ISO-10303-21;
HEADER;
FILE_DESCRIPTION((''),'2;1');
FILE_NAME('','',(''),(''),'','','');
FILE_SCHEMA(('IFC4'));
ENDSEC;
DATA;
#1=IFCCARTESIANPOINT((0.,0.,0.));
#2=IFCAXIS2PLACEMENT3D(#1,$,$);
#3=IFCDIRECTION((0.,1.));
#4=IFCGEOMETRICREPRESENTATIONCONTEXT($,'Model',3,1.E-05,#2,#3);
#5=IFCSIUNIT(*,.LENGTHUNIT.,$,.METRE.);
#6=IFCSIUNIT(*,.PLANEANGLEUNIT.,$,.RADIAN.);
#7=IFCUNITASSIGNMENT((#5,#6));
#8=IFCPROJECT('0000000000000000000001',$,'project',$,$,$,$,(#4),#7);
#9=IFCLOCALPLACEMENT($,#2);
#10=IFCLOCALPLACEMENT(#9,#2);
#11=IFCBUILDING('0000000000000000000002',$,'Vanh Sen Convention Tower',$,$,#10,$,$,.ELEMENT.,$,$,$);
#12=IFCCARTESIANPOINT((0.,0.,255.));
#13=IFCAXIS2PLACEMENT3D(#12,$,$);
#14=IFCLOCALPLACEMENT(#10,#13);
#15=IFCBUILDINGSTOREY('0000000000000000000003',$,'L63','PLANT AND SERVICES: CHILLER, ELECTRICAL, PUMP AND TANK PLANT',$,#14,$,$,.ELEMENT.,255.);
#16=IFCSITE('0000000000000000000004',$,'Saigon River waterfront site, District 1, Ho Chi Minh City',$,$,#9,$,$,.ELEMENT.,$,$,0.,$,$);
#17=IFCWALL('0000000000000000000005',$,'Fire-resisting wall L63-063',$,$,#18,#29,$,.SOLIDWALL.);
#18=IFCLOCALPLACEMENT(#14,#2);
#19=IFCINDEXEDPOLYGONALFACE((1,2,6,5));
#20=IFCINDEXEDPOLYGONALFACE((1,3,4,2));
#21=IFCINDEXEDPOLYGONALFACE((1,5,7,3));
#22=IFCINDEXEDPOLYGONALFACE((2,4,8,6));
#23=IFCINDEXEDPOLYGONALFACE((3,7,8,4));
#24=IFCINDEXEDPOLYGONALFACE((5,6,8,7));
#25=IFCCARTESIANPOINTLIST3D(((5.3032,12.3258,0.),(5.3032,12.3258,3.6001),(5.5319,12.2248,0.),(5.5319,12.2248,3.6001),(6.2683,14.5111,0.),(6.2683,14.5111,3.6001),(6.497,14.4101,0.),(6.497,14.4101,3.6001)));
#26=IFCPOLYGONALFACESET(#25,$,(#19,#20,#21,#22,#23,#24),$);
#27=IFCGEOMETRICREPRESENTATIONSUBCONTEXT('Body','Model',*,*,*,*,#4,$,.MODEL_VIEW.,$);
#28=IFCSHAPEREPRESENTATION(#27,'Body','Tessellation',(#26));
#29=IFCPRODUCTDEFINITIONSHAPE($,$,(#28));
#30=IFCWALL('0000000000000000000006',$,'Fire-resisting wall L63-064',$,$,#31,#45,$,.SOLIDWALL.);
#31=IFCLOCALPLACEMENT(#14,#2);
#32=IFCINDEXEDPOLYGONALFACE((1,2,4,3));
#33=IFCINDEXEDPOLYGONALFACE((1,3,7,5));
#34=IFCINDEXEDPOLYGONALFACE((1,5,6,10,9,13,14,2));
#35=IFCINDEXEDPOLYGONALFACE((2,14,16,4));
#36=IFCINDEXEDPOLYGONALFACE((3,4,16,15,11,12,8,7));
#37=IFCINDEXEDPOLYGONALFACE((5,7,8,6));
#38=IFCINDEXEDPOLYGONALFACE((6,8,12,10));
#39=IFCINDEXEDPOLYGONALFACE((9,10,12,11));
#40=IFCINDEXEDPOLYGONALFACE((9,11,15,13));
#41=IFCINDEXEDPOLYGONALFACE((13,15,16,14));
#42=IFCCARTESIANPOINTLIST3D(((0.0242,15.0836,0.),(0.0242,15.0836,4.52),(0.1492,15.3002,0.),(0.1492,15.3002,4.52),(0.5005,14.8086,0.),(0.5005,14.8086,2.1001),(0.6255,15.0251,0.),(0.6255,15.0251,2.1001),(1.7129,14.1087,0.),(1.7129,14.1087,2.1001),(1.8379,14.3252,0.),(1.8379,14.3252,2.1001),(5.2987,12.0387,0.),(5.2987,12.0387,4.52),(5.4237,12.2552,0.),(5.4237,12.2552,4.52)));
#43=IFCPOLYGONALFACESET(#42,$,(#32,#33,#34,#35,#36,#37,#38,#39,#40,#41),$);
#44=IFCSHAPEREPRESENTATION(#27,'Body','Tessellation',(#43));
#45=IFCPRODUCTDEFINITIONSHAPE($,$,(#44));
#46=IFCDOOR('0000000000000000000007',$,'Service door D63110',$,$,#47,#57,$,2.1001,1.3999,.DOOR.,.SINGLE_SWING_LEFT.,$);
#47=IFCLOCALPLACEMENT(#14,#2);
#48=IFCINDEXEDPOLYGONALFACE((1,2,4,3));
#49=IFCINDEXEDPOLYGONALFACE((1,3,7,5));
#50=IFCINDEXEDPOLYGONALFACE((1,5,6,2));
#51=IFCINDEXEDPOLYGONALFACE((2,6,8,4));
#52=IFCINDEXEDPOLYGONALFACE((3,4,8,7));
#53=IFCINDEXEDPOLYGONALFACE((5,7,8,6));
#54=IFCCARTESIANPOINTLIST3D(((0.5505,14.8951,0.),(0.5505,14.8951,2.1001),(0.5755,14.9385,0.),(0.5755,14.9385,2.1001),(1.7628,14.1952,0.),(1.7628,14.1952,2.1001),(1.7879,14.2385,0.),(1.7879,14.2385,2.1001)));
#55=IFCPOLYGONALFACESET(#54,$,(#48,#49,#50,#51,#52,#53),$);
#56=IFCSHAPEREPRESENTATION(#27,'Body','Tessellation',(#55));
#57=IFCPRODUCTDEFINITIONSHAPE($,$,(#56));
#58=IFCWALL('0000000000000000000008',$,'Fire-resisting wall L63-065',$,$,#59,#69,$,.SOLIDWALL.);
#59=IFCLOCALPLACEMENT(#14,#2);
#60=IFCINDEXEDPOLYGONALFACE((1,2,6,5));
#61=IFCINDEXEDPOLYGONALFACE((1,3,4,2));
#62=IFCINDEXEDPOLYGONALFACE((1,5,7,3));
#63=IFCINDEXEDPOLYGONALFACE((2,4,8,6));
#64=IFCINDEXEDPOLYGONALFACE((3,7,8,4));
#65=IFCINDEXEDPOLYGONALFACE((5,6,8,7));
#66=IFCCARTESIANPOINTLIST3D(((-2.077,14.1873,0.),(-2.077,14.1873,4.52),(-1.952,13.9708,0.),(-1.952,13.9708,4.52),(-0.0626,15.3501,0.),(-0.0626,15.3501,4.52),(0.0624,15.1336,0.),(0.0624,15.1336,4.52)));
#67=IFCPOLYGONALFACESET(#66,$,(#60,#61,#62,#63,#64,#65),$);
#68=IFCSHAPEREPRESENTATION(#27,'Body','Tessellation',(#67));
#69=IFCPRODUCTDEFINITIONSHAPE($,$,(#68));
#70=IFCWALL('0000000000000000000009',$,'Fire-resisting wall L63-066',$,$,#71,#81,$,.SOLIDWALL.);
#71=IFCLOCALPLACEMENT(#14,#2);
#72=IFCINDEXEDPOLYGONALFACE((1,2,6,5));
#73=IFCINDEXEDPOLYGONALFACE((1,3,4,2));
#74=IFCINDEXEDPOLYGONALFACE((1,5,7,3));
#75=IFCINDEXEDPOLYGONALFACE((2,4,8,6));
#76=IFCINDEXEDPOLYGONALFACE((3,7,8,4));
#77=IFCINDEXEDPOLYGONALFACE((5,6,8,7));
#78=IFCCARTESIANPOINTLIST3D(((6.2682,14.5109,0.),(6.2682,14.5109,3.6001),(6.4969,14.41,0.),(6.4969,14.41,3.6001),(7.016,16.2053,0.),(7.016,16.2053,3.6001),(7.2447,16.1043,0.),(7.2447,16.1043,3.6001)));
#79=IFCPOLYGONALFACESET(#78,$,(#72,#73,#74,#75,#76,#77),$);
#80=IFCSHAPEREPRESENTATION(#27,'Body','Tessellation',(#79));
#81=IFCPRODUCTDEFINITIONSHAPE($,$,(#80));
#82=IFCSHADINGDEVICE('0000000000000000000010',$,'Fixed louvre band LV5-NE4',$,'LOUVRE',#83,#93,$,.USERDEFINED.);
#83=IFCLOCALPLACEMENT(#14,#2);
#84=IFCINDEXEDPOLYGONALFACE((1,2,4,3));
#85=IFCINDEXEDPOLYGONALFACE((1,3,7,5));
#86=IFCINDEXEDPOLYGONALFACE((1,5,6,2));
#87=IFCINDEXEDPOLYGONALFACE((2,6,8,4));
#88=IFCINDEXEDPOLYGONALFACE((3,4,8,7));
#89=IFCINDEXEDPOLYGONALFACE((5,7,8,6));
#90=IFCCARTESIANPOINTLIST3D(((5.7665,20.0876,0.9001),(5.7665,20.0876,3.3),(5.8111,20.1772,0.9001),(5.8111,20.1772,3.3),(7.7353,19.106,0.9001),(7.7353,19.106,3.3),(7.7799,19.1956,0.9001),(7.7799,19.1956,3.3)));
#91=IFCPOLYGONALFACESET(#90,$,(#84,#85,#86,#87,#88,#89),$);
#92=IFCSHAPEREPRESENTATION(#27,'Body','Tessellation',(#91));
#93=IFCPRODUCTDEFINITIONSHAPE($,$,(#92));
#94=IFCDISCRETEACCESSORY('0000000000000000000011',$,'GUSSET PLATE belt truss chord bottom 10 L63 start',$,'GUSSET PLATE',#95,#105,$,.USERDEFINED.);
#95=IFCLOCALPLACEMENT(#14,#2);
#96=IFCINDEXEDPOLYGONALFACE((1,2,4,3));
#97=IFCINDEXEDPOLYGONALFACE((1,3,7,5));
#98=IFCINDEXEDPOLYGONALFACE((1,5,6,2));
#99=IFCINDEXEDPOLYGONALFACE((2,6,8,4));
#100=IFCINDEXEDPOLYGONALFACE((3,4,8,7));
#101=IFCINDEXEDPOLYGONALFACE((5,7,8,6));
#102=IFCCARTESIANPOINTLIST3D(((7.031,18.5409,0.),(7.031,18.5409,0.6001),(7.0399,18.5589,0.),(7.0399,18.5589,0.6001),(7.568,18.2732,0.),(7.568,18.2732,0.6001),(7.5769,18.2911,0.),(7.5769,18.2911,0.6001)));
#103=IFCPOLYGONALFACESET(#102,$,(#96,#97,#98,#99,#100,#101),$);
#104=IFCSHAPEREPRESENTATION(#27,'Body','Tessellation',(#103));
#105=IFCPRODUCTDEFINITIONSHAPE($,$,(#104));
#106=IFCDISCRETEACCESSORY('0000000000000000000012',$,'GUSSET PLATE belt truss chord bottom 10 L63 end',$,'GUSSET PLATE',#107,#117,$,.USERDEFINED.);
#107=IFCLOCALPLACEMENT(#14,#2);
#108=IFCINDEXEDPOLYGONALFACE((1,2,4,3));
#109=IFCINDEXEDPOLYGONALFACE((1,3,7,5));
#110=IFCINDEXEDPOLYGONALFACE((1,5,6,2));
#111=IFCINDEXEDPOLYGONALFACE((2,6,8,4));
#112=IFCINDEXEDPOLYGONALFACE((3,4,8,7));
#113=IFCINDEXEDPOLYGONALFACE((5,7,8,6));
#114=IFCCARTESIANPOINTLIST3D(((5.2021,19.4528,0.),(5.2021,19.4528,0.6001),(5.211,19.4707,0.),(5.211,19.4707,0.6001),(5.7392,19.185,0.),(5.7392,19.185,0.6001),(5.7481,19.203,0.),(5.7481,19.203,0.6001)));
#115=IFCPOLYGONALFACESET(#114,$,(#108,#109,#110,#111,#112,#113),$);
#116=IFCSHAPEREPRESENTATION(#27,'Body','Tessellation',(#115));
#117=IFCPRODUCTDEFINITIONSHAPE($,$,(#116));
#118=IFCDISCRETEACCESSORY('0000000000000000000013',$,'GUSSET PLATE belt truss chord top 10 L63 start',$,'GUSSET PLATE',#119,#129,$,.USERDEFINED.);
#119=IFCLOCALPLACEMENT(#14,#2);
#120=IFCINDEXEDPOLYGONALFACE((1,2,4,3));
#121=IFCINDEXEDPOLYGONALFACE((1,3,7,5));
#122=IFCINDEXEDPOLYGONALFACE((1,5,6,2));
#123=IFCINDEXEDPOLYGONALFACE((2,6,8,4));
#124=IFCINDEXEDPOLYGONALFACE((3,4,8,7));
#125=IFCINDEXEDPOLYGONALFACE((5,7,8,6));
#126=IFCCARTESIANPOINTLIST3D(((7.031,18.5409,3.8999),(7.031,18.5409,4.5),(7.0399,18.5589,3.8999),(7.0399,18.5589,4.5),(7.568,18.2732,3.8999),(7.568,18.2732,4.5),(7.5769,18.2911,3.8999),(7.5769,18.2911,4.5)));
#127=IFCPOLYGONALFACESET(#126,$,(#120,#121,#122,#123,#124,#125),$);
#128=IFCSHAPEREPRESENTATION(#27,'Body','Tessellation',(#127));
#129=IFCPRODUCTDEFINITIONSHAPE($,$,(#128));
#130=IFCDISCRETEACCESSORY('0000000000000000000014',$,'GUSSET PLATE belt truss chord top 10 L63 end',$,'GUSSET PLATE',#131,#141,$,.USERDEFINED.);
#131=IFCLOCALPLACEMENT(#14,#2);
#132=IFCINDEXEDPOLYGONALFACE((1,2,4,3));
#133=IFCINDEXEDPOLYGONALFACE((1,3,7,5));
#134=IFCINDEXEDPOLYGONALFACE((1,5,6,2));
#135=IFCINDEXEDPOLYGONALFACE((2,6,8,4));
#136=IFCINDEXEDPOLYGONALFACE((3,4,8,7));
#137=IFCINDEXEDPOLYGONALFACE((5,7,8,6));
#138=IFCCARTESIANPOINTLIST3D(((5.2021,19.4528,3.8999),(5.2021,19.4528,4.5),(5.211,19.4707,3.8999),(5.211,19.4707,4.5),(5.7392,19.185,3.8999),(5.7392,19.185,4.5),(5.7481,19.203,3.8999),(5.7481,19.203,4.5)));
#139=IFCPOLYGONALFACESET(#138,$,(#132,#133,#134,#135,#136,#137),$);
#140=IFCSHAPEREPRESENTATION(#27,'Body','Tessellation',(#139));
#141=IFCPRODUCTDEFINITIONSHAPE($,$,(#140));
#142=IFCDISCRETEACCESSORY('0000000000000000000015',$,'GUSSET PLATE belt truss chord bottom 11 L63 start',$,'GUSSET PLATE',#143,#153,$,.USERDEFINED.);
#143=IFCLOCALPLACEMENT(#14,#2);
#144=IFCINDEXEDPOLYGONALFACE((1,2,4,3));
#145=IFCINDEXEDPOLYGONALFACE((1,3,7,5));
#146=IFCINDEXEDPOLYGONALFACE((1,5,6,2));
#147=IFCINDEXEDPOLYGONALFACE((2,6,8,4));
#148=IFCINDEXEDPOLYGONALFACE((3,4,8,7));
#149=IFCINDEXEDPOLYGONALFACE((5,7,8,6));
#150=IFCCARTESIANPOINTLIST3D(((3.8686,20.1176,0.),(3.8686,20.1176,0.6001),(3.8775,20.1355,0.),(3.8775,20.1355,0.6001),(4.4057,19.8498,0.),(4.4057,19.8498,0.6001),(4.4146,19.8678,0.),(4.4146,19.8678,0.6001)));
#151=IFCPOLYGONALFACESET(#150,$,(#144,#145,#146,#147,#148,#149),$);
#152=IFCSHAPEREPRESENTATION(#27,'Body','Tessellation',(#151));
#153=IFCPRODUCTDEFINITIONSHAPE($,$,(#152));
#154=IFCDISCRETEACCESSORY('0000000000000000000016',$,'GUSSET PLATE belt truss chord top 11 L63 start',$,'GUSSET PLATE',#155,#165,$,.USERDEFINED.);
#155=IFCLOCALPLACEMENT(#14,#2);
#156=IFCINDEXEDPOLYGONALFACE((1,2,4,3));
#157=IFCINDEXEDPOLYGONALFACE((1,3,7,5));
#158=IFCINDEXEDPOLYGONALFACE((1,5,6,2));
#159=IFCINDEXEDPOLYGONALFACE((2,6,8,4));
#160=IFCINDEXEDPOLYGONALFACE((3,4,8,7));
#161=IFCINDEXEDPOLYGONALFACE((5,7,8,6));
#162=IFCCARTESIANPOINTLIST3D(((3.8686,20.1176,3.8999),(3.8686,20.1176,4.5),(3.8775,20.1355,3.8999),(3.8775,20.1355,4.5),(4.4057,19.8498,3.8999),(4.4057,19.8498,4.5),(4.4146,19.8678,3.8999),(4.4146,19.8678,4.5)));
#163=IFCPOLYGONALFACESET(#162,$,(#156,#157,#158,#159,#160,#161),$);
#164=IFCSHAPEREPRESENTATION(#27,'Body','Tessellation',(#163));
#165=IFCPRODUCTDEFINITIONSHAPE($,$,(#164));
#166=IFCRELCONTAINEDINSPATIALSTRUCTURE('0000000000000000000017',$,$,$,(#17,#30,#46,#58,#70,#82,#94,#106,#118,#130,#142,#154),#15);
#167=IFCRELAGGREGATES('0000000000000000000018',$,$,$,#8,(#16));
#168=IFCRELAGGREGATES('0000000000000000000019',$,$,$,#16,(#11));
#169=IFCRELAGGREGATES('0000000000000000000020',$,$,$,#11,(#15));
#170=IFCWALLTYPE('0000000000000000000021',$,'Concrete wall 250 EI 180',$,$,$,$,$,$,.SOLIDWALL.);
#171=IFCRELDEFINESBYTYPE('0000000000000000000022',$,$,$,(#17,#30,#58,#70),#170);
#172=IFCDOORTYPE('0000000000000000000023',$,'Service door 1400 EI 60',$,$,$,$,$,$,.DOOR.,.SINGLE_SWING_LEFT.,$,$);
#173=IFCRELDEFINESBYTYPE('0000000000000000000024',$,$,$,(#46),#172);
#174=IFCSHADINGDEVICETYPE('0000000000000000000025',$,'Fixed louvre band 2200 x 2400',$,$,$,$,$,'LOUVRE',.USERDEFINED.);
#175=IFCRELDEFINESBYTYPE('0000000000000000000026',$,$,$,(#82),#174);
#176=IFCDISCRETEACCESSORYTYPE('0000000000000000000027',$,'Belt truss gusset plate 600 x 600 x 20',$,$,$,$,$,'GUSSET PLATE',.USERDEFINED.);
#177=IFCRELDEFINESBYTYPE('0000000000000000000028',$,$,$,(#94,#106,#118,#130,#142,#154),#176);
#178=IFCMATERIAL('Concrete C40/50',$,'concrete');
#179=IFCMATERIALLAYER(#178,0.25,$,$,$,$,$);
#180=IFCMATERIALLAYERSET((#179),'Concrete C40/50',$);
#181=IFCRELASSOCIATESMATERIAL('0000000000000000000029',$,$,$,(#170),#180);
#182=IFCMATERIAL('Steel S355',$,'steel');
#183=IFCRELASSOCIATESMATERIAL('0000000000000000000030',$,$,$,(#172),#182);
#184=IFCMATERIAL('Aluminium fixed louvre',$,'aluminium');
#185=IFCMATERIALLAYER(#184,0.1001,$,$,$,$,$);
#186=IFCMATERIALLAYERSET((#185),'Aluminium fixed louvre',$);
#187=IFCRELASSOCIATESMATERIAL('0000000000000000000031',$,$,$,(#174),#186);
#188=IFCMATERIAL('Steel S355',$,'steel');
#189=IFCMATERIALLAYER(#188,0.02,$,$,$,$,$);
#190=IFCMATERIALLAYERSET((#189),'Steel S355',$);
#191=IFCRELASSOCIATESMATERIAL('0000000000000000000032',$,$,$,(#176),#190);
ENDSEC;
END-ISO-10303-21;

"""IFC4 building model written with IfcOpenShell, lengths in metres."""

from ifc_helpers import new_model, si_unit, direction, frame, frame_2d, origin, origin_2d, place, context, subcontext, project, spatial, rectangle, extrude, material, layer, layer_set, type_object, element, fill, save


model = new_model("IFC4")

# Units and contexts
model_context = context("Model", 3, precision=1e-05, world=origin(), true_north=direction((0.0, 1.0)))
body_context = subcontext(model_context, "Body", "Model", "MODEL_VIEW")
ifc_project = project(units=[si_unit("LENGTHUNIT", "METRE"), si_unit("PLANEANGLEUNIT", "RADIAN")], contexts=[model_context])

# Site, building, storey
site_placement = place(None, origin())
site = spatial("IfcSite", under=ifc_project, at=site_placement, Name="Saigon River waterfront site, District 1, Ho Chi Minh City", CompositionType="ELEMENT", RefElevation=0.0)
building_placement = place(site_placement, origin())
building = spatial("IfcBuilding", under=site, at=building_placement, Name="Vanh Sen Convention Tower", CompositionType="ELEMENT")
storey_placement = place(building_placement, frame((0.0, 0.0, 255.0)))
storey = spatial("IfcBuildingStorey", under=building, at=storey_placement, Name="L63", Description="PLANT AND SERVICES: CHILLER, ELECTRICAL, PUMP AND TANK PLANT", CompositionType="ELEMENT", Elevation=255.0)

# Shared definitions
ifc_material_1 = material(Name="Steel S355", Category="steel")

# Wall
ifc_material_2 = material(Name="Concrete C40/50", Category="concrete")
ifc_layer_1 = layer(ifc_material_2, 0.25)
ifc_layer_set_1 = layer_set([ifc_layer_1], Name="Concrete C40/50")
wall_type = type_object("IfcWallType", Name="Concrete wall 250 EI 180", PredefinedType="SOLIDWALL", material=ifc_layer_set_1)
wall_1_placement = place(storey_placement, frame((6.3826, 14.4604, 0.0), z_axis=(0.0, 0.0, 1.0), x_axis=(-0.403985, -0.914766, 0.0)))
element("IfcWall", 1, at=wall_1_placement, inside=storey, type_object=wall_type, Name="Fire-resisting wall L63-063", PredefinedType="SOLIDWALL", context=body_context, shape_type="SweptSolid", body=[
    extrude(rectangle(XDim=2.3889, YDim=0.25, at=frame_2d((1.1943, 0.0))), origin(), (0.0, 0.0, 1.0), 3.6001),
])

# Wall, opening, door
wall_2_placement = place(storey_placement, frame((0.0867, 15.1919, 0.0), z_axis=(0.0, 0.0, 1.0), x_axis=(0.866044, -0.499968, 0.0)))
wall_2 = element("IfcWall", 2, at=wall_2_placement, inside=storey, type_object=wall_type, Name="Fire-resisting wall L63-064", PredefinedType="SOLIDWALL", context=body_context, shape_type="SweptSolid", body=[
    extrude(rectangle(XDim=6.0903, YDim=0.25, at=frame_2d((3.0452, 0.0))), origin(), (0.0, 0.0, 1.0), 4.52),
])
opening_placement = place(wall_2_placement, frame((0.55, 0.0, 0.0)))
opening = element("IfcOpeningElement", 3, at=opening_placement, cuts=wall_2, PredefinedType="OPENING", context=body_context, shape_type="SweptSolid", body=[
    extrude(rectangle(XDim=1.3999, YDim=2.1001, at=frame_2d((0.7, 1.05))), frame((0.0, 0.135, 0.0), z_axis=(0.0, -1.0, 0.0), x_axis=(1.0, 0.0, 0.0)), (0.0, 0.0, 1.0), 0.27),
])
ifc_material_3 = material(Name="Steel S355", Category="steel")
door_type = type_object("IfcDoorType", Name="Service door 1400 EI 60", OperationType="SINGLE_SWING_LEFT", PredefinedType="DOOR", material=ifc_material_3)
door_placement = place(opening_placement, origin())
door = element("IfcDoor", 4, at=door_placement, inside=storey, type_object=door_type, Name="Service door D63110", OperationType="SINGLE_SWING_LEFT", OverallHeight=2.1001, OverallWidth=1.3999, PredefinedType="DOOR", context=body_context, shape_type="SweptSolid", body=[
    extrude(rectangle(XDim=1.3999, YDim=2.1001, at=frame_2d((0.7, 1.05))), frame((0.0, 0.0249, 0.0), z_axis=(0.0, -1.0, 0.0), x_axis=(1.0, 0.0, 0.0)), (0.0, 0.0, 1.0), 0.05),
])
fill(opening, door)

# Walls
wall_3_placement = place(storey_placement, frame((0.0, 15.2419, 0.0), z_axis=(0.0, 0.0, 1.0), x_axis=(-0.866058, -0.499944, 0.0)))
element("IfcWall", 5, at=wall_3_placement, inside=storey, type_object=wall_type, Name="Fire-resisting wall L63-065", PredefinedType="SOLIDWALL", context=body_context, shape_type="SweptSolid", body=[
    extrude(rectangle(XDim=2.3259, YDim=0.25, at=frame_2d((1.1631, 0.0))), origin(), (0.0, 0.0, 1.0), 4.52),
])
wall_4_placement = place(storey_placement, frame((7.1304, 16.1548, 0.0), z_axis=(0.0, 0.0, 1.0), x_axis=(-0.403777, -0.914858, 0.0)))
element("IfcWall", 6, at=wall_4_placement, inside=storey, type_object=wall_type, Name="Fire-resisting wall L63-066", PredefinedType="SOLIDWALL", context=body_context, shape_type="SweptSolid", body=[
    extrude(rectangle(XDim=1.8521, YDim=0.25, at=frame_2d((0.926, 0.0))), origin(), (0.0, 0.0, 1.0), 3.6001),
])

# Shading device
ifc_material_4 = material(Name="Aluminium fixed louvre", Category="aluminium")
ifc_layer_2 = layer(ifc_material_4, 0.1001)
ifc_layer_set_2 = layer_set([ifc_layer_2], Name="Aluminium fixed louvre")
shading_device_type = type_object("IfcShadingDeviceType", Name="Fixed louvre band 2200 x 2400", ElementType="LOUVRE", PredefinedType="USERDEFINED", material=ifc_layer_set_2)
shading_device_placement = place(storey_placement, frame((6.7732, 19.6416, 0.9001), z_axis=(0.0, 0.0, 1.0), x_axis=(-0.894935, 0.446196, 0.0)))
element("IfcShadingDevice", 7, at=shading_device_placement, inside=storey, type_object=shading_device_type, Name="Fixed louvre band LV5-NE4", ObjectType="LOUVRE", PredefinedType="USERDEFINED", context=body_context, shape_type="SweptSolid", body=[
    extrude(rectangle(XDim=2.2, YDim=0.1001, at=origin_2d()), origin(), (0.0, 0.0, 1.0), 2.3999),
])

# Discrete accessories
ifc_layer_3 = layer(ifc_material_1, 0.02)
ifc_layer_set_3 = layer_set([ifc_layer_3], Name="Steel S355")
discrete_accessory_type = type_object("IfcDiscreteAccessoryType", Name="Belt truss gusset plate 600 x 600 x 20", ElementType="GUSSET PLATE", PredefinedType="USERDEFINED", material=ifc_layer_set_3)
for number, where, z_axis, x_axis, name in (
    (8, (7.304, 18.416, 0.0), (0.0, 0.0, 1.0), (-0.894936, 0.446195, 0.0), "GUSSET PLATE belt truss chord bottom 10 L63 start"),
    (9, (5.4751, 19.3279, 0.0), (0.0, 0.0, 1.0), (0.894936, -0.446195, 0.0), "GUSSET PLATE belt truss chord bottom 10 L63 end"),
    (10, (7.304, 18.416, 3.8999), (0.0, 0.0, 1.0), (-0.894936, 0.446195, 0.0), "GUSSET PLATE belt truss chord top 10 L63 start"),
    (11, (5.4751, 19.3279, 3.8999), (0.0, 0.0, 1.0), (0.894936, -0.446195, 0.0), "GUSSET PLATE belt truss chord top 10 L63 end"),
    (12, (4.1416, 19.9927, 0.0), (0.0, 0.0, 1.0), (-0.89493, 0.446206, 0.0), "GUSSET PLATE belt truss chord bottom 11 L63 start"),
    (13, (4.1416, 19.9927, 3.8999), (0.0, 0.0, 1.0), (-0.89493, 0.446206, 0.0), "GUSSET PLATE belt truss chord top 11 L63 start"),
):
    element("IfcDiscreteAccessory", number, at=place(storey_placement, frame(where, z_axis=z_axis, x_axis=x_axis)), inside=storey, type_object=discrete_accessory_type, Name=name, ObjectType="GUSSET PLATE", PredefinedType="USERDEFINED", context=body_context, shape_type="SweptSolid", body=[
        extrude(rectangle(XDim=0.6001, YDim=0.02, at=origin_2d()), origin(), (0.0, 0.0, 1.0), 0.6001),
    ])

save(model, "model.ifc")
